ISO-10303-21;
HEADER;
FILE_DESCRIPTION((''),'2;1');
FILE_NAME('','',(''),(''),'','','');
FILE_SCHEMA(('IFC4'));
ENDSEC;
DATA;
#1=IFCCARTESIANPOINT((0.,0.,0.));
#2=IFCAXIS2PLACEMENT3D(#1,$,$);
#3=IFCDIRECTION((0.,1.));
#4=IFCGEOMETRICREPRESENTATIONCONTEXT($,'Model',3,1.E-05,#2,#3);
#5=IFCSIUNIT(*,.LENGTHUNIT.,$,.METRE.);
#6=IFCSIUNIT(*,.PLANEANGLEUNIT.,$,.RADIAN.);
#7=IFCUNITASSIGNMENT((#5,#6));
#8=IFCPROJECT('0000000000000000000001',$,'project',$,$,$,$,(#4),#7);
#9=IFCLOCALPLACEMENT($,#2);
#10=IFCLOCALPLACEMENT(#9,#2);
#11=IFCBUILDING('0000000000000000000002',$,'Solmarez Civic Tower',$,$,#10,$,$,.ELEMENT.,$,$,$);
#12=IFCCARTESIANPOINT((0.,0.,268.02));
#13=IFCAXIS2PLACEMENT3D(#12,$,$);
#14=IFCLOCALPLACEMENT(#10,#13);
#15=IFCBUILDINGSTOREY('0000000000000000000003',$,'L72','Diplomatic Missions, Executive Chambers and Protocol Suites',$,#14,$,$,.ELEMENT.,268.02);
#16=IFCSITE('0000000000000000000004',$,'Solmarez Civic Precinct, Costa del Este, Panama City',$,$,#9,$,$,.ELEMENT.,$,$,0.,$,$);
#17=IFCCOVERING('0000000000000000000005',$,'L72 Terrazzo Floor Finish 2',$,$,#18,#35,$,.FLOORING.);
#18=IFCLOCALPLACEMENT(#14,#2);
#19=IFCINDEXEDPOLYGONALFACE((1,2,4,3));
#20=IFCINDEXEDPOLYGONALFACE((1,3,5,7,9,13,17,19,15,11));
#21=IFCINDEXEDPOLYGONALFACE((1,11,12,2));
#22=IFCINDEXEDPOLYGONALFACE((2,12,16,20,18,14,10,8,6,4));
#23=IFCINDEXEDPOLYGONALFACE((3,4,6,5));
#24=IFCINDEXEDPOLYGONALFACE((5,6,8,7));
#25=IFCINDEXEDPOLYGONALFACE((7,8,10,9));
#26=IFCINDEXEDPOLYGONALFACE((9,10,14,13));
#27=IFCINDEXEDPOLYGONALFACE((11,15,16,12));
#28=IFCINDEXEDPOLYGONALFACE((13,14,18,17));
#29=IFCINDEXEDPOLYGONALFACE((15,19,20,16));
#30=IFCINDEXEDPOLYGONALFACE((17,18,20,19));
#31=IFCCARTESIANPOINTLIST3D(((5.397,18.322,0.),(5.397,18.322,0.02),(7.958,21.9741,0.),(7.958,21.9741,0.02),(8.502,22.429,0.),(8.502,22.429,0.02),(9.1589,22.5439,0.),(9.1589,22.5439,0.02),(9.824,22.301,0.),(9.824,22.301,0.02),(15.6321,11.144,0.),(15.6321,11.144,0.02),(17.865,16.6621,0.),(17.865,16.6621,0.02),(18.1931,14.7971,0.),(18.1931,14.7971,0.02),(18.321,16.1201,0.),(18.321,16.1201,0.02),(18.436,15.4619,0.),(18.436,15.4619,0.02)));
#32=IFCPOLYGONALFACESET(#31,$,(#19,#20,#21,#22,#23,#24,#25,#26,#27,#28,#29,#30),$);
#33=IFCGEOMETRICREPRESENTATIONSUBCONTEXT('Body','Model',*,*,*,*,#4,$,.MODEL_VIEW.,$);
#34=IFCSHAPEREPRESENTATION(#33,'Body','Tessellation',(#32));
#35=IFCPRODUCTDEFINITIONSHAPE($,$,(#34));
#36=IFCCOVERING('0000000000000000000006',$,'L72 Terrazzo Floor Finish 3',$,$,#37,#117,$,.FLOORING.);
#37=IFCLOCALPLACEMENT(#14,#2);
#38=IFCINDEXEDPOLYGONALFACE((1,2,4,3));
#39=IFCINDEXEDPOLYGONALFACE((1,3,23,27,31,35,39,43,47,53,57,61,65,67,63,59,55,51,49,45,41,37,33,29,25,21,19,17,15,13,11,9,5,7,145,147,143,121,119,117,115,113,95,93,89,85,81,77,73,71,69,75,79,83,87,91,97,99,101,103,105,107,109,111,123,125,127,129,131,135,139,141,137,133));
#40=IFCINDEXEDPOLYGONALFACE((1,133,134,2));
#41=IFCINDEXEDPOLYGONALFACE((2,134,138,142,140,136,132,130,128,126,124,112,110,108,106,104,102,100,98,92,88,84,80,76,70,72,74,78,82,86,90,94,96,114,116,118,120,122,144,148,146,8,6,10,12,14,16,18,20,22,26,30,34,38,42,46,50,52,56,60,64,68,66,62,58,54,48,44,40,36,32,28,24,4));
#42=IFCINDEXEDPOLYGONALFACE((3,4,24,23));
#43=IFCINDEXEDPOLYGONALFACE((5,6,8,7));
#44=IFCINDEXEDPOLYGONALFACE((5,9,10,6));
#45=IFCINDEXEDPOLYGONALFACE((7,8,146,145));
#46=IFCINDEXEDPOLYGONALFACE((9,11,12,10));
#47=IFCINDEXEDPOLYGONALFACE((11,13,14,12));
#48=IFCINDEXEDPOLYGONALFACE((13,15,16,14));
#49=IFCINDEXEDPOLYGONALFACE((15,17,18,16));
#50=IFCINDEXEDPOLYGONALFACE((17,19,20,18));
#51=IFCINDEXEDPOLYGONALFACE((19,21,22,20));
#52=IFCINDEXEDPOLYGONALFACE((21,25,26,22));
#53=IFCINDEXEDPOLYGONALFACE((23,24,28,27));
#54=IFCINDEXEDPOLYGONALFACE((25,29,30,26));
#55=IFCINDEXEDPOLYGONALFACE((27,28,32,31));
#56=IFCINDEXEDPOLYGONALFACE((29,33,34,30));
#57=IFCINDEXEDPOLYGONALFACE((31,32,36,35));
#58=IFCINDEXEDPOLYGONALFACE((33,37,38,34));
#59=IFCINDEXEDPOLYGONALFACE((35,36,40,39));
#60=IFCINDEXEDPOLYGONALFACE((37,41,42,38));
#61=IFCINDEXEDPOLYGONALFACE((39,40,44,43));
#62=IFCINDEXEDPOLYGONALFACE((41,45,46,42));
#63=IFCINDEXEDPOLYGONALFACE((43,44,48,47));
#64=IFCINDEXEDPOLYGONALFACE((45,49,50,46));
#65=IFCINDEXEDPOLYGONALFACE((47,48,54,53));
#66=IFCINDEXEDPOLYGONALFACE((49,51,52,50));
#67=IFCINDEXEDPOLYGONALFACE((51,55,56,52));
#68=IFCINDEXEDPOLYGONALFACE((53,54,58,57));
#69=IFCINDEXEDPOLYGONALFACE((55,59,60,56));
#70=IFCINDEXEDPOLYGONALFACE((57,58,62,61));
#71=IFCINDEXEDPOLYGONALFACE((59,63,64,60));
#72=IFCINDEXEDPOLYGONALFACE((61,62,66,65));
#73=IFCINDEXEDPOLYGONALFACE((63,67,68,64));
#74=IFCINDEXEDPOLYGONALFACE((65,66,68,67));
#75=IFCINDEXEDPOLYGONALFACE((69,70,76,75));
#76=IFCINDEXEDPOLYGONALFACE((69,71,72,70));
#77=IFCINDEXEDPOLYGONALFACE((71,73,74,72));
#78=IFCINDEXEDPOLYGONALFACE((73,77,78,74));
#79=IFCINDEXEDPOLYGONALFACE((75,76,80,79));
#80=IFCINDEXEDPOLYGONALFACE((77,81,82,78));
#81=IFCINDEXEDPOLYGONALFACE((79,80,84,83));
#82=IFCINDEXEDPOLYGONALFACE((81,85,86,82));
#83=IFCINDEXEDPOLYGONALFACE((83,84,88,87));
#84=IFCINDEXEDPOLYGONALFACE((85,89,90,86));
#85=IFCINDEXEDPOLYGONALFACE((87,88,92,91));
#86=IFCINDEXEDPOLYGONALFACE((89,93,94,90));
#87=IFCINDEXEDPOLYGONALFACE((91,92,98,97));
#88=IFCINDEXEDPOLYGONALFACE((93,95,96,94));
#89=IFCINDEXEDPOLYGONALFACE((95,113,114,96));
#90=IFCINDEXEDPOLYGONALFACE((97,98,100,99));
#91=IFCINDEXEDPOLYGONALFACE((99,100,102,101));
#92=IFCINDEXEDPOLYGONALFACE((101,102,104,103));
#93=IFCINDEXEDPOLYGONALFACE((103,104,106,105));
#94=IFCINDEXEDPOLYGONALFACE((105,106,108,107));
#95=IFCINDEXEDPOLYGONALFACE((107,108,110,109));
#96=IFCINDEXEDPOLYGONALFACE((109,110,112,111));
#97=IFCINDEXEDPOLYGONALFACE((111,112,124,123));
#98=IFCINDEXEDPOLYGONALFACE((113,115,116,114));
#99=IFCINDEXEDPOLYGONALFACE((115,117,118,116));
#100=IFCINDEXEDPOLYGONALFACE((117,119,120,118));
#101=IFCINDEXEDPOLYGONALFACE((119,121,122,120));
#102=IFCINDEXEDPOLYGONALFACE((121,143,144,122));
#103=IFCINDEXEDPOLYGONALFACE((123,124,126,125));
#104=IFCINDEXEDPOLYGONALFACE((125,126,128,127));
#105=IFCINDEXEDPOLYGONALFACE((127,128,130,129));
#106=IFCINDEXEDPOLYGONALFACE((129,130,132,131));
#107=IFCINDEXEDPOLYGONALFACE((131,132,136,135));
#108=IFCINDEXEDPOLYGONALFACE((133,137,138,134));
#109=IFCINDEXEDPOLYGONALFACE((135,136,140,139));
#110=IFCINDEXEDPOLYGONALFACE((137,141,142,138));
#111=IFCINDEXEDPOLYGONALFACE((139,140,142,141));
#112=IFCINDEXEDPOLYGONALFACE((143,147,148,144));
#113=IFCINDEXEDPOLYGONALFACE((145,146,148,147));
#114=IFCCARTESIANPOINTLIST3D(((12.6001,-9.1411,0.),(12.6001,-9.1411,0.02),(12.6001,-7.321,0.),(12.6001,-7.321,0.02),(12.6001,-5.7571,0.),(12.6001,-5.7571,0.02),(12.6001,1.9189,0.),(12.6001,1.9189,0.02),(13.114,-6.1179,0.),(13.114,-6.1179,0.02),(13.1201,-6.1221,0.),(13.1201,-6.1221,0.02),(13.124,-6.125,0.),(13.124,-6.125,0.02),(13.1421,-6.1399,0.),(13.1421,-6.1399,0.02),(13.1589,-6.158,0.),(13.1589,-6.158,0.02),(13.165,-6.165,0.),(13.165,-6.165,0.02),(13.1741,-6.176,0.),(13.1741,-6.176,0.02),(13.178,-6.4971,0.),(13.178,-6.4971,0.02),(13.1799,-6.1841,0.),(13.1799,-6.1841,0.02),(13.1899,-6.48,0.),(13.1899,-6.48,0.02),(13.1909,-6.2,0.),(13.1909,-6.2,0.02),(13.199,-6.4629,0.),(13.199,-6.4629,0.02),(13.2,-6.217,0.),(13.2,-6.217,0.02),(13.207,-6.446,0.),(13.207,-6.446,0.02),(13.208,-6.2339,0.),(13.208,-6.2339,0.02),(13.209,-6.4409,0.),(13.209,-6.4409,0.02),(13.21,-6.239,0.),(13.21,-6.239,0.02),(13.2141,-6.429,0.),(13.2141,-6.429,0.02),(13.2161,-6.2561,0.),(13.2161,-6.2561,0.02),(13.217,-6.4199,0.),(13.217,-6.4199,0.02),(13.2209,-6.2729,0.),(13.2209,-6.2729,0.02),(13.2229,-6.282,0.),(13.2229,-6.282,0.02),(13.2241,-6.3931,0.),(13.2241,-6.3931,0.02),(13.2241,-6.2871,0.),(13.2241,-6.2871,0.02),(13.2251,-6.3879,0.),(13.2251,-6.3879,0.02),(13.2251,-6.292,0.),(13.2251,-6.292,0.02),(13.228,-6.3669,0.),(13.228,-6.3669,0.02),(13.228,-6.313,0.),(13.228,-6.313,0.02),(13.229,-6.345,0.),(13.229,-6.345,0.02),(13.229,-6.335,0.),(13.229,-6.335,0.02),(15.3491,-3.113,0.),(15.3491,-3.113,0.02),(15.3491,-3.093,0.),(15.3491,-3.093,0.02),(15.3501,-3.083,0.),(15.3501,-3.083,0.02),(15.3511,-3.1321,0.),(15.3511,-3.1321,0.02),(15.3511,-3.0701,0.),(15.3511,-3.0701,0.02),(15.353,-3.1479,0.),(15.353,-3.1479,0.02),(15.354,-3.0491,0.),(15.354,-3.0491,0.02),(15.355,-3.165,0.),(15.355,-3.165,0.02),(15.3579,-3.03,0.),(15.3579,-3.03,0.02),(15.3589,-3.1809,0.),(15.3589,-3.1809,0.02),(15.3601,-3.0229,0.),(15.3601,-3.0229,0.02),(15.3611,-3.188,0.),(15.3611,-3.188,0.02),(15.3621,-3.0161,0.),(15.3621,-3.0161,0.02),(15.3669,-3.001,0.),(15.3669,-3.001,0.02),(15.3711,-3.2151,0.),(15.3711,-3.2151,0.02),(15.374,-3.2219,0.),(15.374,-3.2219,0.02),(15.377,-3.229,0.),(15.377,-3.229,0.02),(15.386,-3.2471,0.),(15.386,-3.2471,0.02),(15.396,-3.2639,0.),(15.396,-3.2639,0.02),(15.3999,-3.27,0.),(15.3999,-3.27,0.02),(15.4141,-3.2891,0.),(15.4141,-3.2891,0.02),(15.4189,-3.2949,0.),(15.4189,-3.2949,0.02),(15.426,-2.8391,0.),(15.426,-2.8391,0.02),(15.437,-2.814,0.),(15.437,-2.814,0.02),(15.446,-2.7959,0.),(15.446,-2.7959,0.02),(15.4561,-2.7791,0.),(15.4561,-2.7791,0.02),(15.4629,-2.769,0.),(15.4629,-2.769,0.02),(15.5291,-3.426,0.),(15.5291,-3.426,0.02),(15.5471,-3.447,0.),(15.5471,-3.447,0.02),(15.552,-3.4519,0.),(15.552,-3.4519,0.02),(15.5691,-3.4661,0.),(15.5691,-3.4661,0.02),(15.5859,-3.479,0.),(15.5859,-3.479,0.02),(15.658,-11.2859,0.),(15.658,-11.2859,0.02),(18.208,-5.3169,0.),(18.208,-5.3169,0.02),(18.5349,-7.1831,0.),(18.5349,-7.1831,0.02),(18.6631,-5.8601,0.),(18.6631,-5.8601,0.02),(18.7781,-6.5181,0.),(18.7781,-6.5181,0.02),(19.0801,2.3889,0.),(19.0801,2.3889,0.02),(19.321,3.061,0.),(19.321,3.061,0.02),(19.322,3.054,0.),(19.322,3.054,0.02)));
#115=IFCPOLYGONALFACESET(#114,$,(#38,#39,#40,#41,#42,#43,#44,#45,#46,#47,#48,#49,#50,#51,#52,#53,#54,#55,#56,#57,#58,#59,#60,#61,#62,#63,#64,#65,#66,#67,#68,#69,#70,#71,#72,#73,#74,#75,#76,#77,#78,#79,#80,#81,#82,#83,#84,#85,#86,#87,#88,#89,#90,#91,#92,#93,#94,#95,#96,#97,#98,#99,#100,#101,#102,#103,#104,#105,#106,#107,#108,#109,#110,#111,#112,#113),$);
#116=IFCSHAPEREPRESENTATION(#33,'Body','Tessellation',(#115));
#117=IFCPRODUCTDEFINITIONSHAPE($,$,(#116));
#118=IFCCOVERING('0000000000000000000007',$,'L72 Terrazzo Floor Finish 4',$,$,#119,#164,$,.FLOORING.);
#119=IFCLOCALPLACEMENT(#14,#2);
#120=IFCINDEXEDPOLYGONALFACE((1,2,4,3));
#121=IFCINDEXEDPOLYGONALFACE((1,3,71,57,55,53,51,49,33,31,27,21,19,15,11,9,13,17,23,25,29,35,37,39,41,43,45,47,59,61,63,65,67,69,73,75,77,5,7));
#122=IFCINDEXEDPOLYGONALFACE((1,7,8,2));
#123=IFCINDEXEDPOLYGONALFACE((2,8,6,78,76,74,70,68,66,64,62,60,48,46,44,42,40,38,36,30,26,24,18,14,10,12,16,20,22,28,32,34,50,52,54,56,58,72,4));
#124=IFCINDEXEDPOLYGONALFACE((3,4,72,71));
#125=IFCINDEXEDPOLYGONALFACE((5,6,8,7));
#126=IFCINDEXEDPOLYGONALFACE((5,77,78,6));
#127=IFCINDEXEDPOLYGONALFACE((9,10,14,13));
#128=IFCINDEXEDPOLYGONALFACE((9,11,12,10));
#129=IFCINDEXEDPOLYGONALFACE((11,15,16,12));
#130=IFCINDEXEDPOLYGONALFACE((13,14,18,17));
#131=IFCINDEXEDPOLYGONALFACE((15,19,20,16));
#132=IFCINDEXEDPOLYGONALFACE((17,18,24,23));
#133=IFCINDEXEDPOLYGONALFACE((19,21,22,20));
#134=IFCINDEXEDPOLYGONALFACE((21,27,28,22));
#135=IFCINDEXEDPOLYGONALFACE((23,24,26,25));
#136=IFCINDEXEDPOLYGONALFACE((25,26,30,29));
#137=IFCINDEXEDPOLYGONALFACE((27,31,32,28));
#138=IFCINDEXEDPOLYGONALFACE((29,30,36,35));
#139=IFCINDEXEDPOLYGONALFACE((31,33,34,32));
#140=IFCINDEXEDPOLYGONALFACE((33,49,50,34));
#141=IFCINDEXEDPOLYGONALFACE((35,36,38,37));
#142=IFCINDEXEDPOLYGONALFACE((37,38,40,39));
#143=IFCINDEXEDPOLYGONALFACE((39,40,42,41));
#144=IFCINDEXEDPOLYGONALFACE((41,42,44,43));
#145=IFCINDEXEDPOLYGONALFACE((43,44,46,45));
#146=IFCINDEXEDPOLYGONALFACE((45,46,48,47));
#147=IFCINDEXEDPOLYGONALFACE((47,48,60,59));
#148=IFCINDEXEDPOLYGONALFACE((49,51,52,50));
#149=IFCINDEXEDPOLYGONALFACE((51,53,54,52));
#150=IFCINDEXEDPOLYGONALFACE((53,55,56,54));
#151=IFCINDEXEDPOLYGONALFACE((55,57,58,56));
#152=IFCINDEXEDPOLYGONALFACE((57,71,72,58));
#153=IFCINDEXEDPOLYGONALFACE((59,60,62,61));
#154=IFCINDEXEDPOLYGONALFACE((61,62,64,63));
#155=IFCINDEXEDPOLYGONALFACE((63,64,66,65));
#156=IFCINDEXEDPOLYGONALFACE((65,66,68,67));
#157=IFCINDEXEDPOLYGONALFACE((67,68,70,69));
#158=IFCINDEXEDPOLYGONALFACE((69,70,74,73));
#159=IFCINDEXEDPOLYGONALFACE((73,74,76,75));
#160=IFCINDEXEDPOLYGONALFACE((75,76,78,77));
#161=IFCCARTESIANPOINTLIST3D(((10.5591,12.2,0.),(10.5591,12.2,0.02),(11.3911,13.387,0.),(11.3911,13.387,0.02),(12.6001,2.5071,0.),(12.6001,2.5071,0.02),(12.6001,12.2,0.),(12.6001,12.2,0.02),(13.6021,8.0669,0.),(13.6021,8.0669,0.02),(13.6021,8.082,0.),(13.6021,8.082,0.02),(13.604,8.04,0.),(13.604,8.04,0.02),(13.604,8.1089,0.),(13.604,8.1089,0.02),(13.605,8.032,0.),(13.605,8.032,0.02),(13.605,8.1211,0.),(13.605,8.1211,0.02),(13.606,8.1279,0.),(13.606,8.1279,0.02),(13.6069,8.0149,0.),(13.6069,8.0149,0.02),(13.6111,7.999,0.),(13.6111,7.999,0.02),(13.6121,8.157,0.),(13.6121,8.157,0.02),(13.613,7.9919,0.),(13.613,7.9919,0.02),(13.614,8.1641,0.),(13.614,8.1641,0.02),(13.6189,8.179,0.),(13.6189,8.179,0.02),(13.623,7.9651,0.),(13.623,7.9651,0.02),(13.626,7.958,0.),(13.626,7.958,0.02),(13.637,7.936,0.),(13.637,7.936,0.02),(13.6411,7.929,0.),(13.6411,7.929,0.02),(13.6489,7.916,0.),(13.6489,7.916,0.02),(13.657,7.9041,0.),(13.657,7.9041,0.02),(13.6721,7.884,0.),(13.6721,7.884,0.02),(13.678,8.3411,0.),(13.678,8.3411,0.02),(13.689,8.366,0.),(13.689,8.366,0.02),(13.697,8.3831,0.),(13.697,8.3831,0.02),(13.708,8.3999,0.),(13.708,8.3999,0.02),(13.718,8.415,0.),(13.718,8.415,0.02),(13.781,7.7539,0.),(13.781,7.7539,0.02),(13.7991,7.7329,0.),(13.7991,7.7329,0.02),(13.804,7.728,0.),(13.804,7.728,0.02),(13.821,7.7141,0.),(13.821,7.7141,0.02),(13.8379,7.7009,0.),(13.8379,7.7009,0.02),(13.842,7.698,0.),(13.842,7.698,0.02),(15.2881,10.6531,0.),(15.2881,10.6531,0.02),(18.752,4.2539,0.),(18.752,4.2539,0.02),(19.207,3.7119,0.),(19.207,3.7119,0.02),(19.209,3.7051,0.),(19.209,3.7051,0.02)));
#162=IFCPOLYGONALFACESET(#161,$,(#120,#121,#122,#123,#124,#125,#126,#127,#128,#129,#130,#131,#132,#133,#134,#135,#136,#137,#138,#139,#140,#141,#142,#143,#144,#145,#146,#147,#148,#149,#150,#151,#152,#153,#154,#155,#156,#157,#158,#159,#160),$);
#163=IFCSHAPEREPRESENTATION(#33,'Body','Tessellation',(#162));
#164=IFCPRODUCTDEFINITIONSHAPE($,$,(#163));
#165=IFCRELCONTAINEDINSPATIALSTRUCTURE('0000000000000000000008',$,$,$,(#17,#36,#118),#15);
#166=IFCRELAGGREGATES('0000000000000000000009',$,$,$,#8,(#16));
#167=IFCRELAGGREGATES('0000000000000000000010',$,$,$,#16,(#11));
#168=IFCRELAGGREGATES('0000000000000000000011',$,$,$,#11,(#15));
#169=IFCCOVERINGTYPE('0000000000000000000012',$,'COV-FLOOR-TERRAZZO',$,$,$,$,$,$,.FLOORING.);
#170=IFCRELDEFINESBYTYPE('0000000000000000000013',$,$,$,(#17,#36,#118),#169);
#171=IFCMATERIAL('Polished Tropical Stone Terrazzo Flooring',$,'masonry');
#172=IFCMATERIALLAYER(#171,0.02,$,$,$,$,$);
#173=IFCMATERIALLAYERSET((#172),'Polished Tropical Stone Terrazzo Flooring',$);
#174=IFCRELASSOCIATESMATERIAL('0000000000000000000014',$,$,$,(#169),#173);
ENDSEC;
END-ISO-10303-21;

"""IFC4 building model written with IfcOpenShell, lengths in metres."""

from ifc_helpers import new_model, si_unit, direction, frame, origin, place, context, subcontext, project, spatial, polyline, outline, extrude, material, layer, layer_set, type_object, element, save


model = new_model("IFC4")

# Units and contexts
model_context = context("Model", 3, precision=1e-05, world=origin(), true_north=direction((0.0, 1.0)))
body_context = subcontext(model_context, "Body", "Model", "MODEL_VIEW")
ifc_project = project(units=[si_unit("LENGTHUNIT", "METRE"), si_unit("PLANEANGLEUNIT", "RADIAN")], contexts=[model_context])

# Site, building, storey
site_placement = place(None, origin())
site = spatial("IfcSite", under=ifc_project, at=site_placement, Name="Solmarez Civic Precinct, Costa del Este, Panama City", CompositionType="ELEMENT", RefElevation=0.0)
building_placement = place(site_placement, origin())
building = spatial("IfcBuilding", under=site, at=building_placement, Name="Solmarez Civic Tower", CompositionType="ELEMENT")
storey_placement = place(building_placement, frame((0.0, 0.0, 268.02)))
storey = spatial("IfcBuildingStorey", under=building, at=storey_placement, Name="L72", Description="Diplomatic Missions, Executive Chambers and Protocol Suites", CompositionType="ELEMENT", Elevation=268.02)

# Coverings
ifc_material_1 = material(Name="Polished Tropical Stone Terrazzo Flooring", Category="masonry")
ifc_layer_1 = layer(ifc_material_1, 0.02)
ifc_layer_set_1 = layer_set([ifc_layer_1], Name="Polished Tropical Stone Terrazzo Flooring")
covering_type_1 = type_object("IfcCoveringType", Name="COV-FLOOR-TERRAZZO", PredefinedType="FLOORING", material=ifc_layer_set_1)
covering_1_placement = place(storey_placement, origin())
element("IfcCovering", 1, at=covering_1_placement, inside=storey, type_object=covering_type_1, Name="L72 Terrazzo Floor Finish 2", PredefinedType="FLOORING", context=body_context, shape_type="SweptSolid", body=[
    extrude(outline(polyline([(15.6321, 11.144), (18.1931, 14.7971), (18.436, 15.4619), (18.321, 16.1201), (17.865, 16.6621), (9.824, 22.301), (9.1589, 22.5439), (8.502, 22.429), (7.958, 21.9741), (5.397, 18.322), (15.6321, 11.144)])), origin(), (0.0, 0.0, 1.0), 0.02),
])
covering_2_placement = place(storey_placement, origin())
element("IfcCovering", 2, at=covering_2_placement, inside=storey, type_object=covering_type_1, Name="L72 Terrazzo Floor Finish 3", PredefinedType="FLOORING", context=body_context, shape_type="SweptSolid", body=[
    extrude(outline(polyline([(12.6001, 1.9189), (12.6001, -5.7571), (13.114, -6.1179), (13.1201, -6.1221), (13.124, -6.125), (13.1421, -6.1399), (13.1589, -6.158), (13.165, -6.165), (13.1741, -6.176), (13.1799, -6.1841), (13.1909, -6.2), (13.2, -6.217), (13.208, -6.2339), (13.21, -6.239), (13.2161, -6.2561), (13.2209, -6.2729), (13.2229, -6.282), (13.2241, -6.2871), (13.2251, -6.292), (13.228, -6.313), (13.229, -6.335), (13.229, -6.345), (13.228, -6.3669), (13.2251, -6.3879), (13.2241, -6.3931), (13.217, -6.4199), (13.2141, -6.429), (13.209, -6.4409), (13.207, -6.446), (13.199, -6.4629), (13.1899, -6.48), (13.178, -6.4971), (12.6001, -7.321), (12.6001, -9.1411), (15.658, -11.2859), (18.5349, -7.1831), (18.7781, -6.5181), (18.6631, -5.8601), (18.208, -5.3169), (15.5859, -3.479), (15.5691, -3.4661), (15.552, -3.4519), (15.5471, -3.447), (15.5291, -3.426), (15.4189, -3.2949), (15.4141, -3.2891), (15.3999, -3.27), (15.396, -3.2639), (15.386, -3.2471), (15.377, -3.229), (15.374, -3.2219), (15.3711, -3.2151), (15.3611, -3.188), (15.3589, -3.1809), (15.355, -3.165), (15.353, -3.1479), (15.3511, -3.1321), (15.3491, -3.113), (15.3491, -3.093), (15.3501, -3.083), (15.3511, -3.0701), (15.354, -3.0491), (15.3579, -3.03), (15.3601, -3.0229), (15.3621, -3.0161), (15.3669, -3.001), (15.426, -2.8391), (15.437, -2.814), (15.446, -2.7959), (15.4561, -2.7791), (15.4629, -2.769), (19.0801, 2.3889), (19.322, 3.054), (19.321, 3.061), (12.6001, 1.9189)])), origin(), (0.0, 0.0, 1.0), 0.02),
])
covering_3_placement = place(storey_placement, origin())
element("IfcCovering", 3, at=covering_3_placement, inside=storey, type_object=covering_type_1, Name="L72 Terrazzo Floor Finish 4", PredefinedType="FLOORING", context=body_context, shape_type="SweptSolid", body=[
    extrude(outline(polyline([(10.5591, 12.2), (12.6001, 12.2), (12.6001, 2.5071), (19.209, 3.7051), (19.207, 3.7119), (18.752, 4.2539), (13.842, 7.698), (13.8379, 7.7009), (13.821, 7.7141), (13.804, 7.728), (13.7991, 7.7329), (13.781, 7.7539), (13.6721, 7.884), (13.657, 7.9041), (13.6489, 7.916), (13.6411, 7.929), (13.637, 7.936), (13.626, 7.958), (13.623, 7.9651), (13.613, 7.9919), (13.6111, 7.999), (13.6069, 8.0149), (13.605, 8.032), (13.604, 8.04), (13.6021, 8.0669), (13.6021, 8.082), (13.604, 8.1089), (13.605, 8.1211), (13.606, 8.1279), (13.6121, 8.157), (13.614, 8.1641), (13.6189, 8.179), (13.678, 8.3411), (13.689, 8.366), (13.697, 8.3831), (13.708, 8.3999), (13.718, 8.415), (15.2881, 10.6531), (11.3911, 13.387), (10.5591, 12.2)])), origin(), (0.0, 0.0, 1.0), 0.02),
])

save(model, "model.ifc")
